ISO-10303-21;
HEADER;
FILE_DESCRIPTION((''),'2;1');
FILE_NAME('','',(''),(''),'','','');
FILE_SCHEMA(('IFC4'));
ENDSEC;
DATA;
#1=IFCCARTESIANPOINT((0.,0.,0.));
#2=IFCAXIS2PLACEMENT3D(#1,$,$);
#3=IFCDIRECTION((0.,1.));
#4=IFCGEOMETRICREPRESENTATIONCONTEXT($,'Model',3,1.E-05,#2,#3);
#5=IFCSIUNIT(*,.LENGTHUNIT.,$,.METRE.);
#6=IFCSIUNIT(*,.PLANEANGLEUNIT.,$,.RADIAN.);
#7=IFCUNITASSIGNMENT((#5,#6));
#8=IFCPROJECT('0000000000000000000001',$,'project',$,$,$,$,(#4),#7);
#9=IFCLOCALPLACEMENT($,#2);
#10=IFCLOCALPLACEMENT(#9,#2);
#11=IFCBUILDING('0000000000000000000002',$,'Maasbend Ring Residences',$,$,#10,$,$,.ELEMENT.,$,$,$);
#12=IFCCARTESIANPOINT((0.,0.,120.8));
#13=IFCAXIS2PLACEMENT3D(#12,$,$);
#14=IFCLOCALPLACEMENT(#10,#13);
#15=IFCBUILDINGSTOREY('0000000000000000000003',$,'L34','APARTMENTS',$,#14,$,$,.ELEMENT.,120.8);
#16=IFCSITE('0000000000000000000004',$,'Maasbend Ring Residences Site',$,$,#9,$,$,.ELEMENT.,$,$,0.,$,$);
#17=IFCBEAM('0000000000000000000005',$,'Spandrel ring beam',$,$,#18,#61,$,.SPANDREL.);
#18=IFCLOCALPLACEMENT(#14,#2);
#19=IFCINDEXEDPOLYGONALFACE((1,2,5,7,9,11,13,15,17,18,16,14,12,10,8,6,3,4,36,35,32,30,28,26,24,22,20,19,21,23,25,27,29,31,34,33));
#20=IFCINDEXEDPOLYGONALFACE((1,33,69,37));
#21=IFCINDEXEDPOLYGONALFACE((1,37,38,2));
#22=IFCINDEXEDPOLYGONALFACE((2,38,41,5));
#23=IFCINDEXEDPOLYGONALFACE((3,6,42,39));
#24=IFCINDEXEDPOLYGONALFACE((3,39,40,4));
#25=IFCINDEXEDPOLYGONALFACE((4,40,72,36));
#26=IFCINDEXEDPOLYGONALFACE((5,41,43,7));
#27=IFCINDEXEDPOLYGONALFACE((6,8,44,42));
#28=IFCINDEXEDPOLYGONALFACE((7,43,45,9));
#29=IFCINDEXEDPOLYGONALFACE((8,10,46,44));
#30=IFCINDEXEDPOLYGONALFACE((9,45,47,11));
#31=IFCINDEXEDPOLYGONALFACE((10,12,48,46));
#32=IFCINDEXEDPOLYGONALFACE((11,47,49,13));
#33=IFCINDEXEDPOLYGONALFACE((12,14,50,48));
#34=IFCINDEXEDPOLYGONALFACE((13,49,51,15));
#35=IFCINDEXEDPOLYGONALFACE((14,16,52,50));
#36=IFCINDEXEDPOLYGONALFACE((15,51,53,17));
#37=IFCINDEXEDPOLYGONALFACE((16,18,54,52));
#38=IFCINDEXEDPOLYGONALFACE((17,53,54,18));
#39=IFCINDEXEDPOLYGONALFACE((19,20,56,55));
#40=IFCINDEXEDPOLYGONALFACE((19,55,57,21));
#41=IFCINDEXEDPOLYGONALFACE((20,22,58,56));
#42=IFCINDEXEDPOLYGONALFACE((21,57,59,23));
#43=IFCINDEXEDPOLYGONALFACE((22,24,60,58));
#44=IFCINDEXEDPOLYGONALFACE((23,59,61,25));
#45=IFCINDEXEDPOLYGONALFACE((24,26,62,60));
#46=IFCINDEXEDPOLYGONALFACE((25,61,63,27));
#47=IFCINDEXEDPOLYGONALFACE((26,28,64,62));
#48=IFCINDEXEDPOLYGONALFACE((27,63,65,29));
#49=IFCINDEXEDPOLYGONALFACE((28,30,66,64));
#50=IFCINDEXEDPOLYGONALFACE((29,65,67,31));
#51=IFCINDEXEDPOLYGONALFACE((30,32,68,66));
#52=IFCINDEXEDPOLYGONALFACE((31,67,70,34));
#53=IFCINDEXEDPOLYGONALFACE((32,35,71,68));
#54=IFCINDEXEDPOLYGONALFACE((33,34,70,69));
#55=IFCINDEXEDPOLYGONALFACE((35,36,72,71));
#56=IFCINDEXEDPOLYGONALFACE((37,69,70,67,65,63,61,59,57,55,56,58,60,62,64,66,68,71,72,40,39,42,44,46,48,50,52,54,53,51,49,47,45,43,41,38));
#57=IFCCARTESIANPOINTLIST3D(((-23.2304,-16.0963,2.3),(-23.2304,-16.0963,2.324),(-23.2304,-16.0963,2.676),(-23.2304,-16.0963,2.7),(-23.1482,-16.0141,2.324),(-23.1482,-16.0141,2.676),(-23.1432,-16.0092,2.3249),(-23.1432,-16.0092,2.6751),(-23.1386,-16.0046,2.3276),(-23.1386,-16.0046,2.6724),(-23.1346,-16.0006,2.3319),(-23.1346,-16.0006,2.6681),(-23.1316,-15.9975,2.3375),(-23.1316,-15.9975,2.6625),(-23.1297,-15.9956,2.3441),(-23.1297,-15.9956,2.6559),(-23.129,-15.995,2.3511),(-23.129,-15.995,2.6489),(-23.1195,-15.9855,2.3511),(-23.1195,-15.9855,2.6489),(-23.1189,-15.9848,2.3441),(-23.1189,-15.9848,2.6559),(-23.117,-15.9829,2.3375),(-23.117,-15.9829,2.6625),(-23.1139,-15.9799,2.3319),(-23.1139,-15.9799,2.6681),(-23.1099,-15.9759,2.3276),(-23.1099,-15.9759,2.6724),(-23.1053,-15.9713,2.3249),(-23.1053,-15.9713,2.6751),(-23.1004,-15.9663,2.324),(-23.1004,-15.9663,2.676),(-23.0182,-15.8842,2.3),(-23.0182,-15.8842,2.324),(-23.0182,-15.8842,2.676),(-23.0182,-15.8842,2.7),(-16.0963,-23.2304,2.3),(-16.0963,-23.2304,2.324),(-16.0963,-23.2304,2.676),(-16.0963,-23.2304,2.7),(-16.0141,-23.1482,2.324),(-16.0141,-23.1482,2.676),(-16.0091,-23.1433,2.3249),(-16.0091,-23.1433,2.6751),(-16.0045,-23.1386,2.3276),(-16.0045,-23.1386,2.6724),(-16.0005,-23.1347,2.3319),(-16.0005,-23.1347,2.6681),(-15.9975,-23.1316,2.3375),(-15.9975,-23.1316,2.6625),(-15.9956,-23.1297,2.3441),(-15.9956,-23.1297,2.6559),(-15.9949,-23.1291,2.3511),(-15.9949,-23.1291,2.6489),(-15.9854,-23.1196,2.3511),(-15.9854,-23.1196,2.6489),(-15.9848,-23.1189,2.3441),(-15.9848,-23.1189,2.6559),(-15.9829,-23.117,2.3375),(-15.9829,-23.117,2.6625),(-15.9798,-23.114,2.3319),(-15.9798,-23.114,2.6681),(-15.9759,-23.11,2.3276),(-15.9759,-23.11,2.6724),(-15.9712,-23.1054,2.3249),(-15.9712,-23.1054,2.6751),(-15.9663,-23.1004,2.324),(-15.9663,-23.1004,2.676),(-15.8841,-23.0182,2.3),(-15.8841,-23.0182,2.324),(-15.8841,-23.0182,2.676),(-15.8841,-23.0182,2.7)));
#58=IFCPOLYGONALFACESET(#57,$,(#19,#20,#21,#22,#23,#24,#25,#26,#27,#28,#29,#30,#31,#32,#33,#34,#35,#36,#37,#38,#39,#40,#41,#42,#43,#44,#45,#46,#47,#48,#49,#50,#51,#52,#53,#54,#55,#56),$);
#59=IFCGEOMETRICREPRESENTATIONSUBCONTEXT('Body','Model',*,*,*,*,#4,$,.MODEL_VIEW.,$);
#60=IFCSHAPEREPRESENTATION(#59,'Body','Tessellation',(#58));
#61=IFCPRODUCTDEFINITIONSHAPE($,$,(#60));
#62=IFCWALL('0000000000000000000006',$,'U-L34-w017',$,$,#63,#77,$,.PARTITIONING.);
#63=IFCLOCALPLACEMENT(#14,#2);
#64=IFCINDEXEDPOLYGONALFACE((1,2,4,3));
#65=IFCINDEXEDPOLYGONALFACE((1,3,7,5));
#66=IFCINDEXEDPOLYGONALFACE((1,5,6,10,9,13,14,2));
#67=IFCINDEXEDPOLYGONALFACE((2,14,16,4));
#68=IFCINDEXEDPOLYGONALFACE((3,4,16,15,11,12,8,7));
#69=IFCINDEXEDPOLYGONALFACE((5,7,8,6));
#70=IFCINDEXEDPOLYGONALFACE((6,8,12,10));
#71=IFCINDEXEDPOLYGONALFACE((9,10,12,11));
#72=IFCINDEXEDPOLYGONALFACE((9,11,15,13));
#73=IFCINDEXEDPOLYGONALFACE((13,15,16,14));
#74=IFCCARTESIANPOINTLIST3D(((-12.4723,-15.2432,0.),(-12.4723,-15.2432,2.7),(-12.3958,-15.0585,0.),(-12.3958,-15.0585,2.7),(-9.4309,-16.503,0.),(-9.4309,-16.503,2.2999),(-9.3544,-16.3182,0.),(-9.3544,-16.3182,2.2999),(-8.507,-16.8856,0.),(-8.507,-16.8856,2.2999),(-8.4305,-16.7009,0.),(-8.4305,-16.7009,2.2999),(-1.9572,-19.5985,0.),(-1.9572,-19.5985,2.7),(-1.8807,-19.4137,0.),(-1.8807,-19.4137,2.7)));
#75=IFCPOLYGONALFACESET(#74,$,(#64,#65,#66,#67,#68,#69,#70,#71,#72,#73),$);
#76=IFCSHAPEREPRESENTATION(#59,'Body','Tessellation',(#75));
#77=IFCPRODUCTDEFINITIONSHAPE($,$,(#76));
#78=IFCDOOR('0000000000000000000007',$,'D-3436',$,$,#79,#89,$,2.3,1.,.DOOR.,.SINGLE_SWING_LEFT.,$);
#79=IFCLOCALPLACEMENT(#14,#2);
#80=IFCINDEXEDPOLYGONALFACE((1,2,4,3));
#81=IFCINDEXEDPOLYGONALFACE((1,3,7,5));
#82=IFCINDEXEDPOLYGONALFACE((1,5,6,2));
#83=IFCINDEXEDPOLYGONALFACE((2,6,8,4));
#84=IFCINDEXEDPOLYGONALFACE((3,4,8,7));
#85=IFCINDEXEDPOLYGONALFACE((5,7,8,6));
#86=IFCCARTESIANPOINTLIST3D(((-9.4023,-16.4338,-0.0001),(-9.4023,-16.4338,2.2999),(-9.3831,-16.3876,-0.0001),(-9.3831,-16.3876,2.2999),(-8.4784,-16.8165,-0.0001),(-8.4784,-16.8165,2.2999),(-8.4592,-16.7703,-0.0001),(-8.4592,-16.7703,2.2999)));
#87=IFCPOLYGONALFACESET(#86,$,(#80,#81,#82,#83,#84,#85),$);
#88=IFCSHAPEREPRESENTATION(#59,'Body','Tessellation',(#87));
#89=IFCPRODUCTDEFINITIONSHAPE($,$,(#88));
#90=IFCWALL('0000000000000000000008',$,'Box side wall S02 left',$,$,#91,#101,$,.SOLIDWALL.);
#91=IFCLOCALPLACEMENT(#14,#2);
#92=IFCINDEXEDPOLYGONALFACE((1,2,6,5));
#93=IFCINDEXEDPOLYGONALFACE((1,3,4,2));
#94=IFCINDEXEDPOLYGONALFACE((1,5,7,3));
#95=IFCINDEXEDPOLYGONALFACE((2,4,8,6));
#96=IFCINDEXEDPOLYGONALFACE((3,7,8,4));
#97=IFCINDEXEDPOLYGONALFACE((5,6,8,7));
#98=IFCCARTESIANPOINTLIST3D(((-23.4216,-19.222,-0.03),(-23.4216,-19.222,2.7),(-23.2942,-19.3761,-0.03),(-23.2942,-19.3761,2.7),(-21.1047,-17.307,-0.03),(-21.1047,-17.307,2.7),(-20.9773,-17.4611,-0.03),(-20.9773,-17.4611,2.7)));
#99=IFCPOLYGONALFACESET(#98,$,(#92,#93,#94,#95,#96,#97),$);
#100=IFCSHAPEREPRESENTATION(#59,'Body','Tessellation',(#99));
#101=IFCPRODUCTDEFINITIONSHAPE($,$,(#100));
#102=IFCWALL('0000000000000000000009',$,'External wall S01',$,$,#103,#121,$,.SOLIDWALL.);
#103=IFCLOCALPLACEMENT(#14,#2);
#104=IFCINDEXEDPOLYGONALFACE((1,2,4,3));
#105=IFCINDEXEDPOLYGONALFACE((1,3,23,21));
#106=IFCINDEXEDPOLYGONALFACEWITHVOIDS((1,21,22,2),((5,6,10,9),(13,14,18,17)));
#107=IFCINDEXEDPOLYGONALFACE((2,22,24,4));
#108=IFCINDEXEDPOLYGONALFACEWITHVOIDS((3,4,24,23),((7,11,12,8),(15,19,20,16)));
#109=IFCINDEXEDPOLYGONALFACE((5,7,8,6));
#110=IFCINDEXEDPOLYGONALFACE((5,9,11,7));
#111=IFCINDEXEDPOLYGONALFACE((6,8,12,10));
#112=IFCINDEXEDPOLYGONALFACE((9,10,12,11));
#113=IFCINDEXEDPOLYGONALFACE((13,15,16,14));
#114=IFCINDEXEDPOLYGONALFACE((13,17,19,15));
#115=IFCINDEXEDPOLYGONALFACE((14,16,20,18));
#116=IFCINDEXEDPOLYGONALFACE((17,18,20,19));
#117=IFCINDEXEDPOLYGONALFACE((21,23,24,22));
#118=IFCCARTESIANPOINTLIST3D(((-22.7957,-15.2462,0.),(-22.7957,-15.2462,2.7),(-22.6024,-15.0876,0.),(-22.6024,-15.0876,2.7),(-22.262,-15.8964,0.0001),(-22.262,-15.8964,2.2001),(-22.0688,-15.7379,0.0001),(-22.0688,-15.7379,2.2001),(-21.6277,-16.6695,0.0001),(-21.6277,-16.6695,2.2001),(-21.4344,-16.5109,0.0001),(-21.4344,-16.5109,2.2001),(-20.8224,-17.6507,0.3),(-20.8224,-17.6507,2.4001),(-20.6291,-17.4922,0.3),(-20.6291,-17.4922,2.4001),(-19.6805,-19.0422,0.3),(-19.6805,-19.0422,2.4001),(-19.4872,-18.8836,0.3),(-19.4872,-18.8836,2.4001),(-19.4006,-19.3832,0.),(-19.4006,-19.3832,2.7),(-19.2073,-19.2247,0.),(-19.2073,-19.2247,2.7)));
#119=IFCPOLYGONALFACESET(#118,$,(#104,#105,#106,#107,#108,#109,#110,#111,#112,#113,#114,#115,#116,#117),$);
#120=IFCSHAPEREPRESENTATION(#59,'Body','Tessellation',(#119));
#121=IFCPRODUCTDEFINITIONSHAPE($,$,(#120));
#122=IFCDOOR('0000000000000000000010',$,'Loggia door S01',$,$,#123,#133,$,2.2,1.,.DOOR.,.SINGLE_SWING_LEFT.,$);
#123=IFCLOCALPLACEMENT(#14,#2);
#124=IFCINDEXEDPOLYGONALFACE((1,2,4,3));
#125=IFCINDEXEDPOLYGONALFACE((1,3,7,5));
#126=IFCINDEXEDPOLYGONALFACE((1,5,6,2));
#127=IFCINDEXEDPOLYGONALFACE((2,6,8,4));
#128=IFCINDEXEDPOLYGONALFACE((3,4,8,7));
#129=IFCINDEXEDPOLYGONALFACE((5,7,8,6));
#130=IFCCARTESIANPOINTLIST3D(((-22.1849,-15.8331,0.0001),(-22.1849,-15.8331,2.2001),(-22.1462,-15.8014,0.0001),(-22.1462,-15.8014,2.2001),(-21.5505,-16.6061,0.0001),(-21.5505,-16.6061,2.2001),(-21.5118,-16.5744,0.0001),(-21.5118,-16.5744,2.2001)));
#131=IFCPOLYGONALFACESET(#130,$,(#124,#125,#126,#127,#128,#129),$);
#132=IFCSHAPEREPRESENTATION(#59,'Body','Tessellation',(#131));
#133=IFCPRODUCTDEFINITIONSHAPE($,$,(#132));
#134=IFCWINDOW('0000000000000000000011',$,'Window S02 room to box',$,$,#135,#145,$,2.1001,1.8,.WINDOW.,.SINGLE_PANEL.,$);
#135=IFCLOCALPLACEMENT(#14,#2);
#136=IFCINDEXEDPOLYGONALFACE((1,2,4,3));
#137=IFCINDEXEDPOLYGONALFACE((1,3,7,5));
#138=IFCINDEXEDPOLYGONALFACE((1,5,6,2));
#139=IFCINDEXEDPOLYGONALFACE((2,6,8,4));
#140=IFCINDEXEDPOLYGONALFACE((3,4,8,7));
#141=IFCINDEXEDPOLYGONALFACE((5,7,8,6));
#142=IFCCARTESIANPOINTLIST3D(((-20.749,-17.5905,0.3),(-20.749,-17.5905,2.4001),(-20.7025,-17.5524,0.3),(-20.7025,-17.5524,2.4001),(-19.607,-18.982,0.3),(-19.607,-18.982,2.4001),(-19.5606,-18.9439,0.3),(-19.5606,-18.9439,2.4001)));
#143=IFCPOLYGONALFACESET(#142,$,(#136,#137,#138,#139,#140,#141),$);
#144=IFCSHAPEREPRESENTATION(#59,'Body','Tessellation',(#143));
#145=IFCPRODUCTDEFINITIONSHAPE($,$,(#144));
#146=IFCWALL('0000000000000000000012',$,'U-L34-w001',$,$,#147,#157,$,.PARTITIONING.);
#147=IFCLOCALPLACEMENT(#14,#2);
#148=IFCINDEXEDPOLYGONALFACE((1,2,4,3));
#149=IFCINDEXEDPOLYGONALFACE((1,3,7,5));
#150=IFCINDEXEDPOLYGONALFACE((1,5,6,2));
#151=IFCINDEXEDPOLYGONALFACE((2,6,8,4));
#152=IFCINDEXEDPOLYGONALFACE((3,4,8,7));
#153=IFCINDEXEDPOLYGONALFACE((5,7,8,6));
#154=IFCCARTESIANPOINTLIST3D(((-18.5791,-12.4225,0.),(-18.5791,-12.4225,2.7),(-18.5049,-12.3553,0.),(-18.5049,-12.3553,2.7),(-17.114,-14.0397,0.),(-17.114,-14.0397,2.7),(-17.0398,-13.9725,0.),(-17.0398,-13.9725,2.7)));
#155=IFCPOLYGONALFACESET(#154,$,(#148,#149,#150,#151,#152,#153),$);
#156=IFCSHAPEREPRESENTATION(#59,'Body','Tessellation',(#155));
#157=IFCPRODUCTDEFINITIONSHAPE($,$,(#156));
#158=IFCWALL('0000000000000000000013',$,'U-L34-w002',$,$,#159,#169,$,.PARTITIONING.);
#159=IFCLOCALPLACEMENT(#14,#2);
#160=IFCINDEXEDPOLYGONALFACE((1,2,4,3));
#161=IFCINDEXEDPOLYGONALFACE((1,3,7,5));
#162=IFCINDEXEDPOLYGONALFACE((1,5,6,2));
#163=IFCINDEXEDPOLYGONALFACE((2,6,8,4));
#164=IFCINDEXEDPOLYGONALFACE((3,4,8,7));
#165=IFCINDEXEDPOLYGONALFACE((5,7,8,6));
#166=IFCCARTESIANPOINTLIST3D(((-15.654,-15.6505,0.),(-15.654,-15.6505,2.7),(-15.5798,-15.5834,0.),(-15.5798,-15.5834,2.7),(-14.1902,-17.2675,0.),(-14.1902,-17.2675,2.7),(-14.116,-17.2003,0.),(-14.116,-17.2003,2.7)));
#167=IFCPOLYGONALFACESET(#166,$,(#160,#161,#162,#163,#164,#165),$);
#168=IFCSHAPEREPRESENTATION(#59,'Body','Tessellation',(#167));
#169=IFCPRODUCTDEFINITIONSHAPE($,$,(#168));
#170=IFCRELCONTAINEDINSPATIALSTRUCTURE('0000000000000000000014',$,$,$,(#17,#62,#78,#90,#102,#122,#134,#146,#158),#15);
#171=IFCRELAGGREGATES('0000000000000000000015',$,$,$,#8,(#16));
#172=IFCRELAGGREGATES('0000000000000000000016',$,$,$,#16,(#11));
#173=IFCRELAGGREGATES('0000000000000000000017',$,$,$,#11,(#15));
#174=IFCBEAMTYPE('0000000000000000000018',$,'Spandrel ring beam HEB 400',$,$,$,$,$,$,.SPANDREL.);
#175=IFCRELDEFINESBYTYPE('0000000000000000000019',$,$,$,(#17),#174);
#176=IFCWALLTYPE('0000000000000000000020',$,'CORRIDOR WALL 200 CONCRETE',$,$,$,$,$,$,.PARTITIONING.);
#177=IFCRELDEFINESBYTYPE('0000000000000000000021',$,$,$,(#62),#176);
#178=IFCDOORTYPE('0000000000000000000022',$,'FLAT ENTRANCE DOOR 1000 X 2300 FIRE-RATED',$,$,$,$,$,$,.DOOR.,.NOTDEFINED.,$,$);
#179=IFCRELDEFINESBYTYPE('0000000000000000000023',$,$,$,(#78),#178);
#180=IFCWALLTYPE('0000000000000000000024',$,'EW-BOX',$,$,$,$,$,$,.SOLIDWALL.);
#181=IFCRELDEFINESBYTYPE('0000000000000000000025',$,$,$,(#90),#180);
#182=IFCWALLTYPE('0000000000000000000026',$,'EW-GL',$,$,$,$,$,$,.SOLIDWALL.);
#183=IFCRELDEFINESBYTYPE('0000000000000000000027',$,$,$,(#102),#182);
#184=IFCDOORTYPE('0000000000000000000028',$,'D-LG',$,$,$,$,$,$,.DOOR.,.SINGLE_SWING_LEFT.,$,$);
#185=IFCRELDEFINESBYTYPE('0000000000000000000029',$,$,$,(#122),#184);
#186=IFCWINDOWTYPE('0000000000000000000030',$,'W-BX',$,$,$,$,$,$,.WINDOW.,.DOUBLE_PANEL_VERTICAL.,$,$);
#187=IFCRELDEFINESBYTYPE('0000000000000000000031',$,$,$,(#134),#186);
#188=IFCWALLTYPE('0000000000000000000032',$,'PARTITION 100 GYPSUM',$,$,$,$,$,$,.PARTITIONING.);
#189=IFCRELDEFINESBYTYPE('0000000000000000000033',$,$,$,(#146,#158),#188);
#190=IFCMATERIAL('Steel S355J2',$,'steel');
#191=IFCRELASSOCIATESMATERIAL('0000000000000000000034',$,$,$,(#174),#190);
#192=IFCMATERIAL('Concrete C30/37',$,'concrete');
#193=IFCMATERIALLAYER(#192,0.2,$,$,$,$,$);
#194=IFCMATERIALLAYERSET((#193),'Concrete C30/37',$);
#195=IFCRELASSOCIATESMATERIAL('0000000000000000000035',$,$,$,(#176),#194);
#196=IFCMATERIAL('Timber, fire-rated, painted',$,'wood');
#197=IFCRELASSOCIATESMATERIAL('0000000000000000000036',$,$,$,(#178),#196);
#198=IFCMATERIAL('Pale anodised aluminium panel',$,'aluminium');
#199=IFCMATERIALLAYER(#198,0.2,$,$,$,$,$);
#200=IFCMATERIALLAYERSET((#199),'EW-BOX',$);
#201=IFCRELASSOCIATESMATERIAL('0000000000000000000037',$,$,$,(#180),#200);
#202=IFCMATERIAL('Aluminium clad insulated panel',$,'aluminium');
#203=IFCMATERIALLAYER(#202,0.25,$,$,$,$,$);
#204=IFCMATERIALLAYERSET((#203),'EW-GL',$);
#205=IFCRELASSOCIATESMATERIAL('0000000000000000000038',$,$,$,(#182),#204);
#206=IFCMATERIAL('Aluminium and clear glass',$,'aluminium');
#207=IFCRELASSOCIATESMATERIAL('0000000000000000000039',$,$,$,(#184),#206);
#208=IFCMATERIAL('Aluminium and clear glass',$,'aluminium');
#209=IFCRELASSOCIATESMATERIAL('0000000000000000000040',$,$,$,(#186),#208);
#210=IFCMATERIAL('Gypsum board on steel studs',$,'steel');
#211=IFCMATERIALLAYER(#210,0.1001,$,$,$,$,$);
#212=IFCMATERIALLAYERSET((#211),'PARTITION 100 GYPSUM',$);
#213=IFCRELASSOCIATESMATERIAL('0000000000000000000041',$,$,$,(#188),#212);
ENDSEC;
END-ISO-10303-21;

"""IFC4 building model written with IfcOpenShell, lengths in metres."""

from ifc_helpers import new_model, si_unit, direction, frame, frame_2d, origin, origin_2d, place, context, subcontext, project, spatial, rectangle, i_section, extrude, material, layer, layer_set, material_profile, profile_set, type_object, element, fill, save


model = new_model("IFC4")

# Units and contexts
model_context = context("Model", 3, precision=1e-05, world=origin(), true_north=direction((0.0, 1.0)))
body_context = subcontext(model_context, "Body", "Model", "MODEL_VIEW")
ifc_project = project(units=[si_unit("LENGTHUNIT", "METRE"), si_unit("PLANEANGLEUNIT", "RADIAN")], contexts=[model_context])

# Site, building, storey
site_placement = place(None, origin())
site = spatial("IfcSite", under=ifc_project, at=site_placement, Name="Maasbend Ring Residences Site", CompositionType="ELEMENT", RefElevation=0.0)
building_placement = place(site_placement, origin())
building = spatial("IfcBuilding", under=site, at=building_placement, Name="Maasbend Ring Residences", CompositionType="ELEMENT")
storey_placement = place(building_placement, frame((0.0, 0.0, 120.8)))
storey = spatial("IfcBuildingStorey", under=building, at=storey_placement, Name="L34", Description="APARTMENTS", CompositionType="ELEMENT", Elevation=120.8)

# Beam
ifc_material_1 = material(Name="Steel S355J2", Category="steel")
ifc_material_profile_1 = material_profile(ifc_material_1, i_section(OverallWidth=0.3, OverallDepth=0.3999, WebThickness=0.0134, FlangeThickness=0.0239, FilletRadius=0.0271, at=origin_2d()), Name="HEB 400")
ifc_profile_set_1 = profile_set([ifc_material_profile_1], Name="Steel S355J2")
beam_type_1 = type_object("IfcBeamType", Name="Spandrel ring beam HEB 400", PredefinedType="SPANDREL", material=ifc_profile_set_1)
beam_1_placement = place(storey_placement, frame((-23.1243, -15.9902, 2.5), z_axis=(0.707107, -0.707107, 0.0), x_axis=(0.707107, 0.707107, 0.0)))
element("IfcBeam", 1, at=beam_1_placement, inside=storey, type_object=beam_type_1, Name="Spandrel ring beam", PredefinedType="SPANDREL", context=body_context, shape_type="SweptSolid", body=[
    extrude(i_section(OverallWidth=0.3, OverallDepth=0.3999, WebThickness=0.0134, FlangeThickness=0.0239, FilletRadius=0.0271, at=origin_2d()), origin(), (0.0, 0.0, 1.0), 10.0891),
])

# Wall, opening, door
ifc_material_2 = material(Name="Concrete C30/37", Category="concrete")
ifc_layer_1 = layer(ifc_material_2, 0.2)
ifc_layer_set_1 = layer_set([ifc_layer_1], Name="Concrete C30/37")
wall_type_1 = type_object("IfcWallType", Name="CORRIDOR WALL 200 CONCRETE", PredefinedType="PARTITIONING", material=ifc_layer_set_1)
wall_1_placement = place(storey_placement, frame((-12.4341, -15.1509, 0.0), z_axis=(0.0, 0.0, 1.0), x_axis=(0.923888, -0.382662, 0.0)))
wall_1 = element("IfcWall", 2, at=wall_1_placement, inside=storey, type_object=wall_type_1, Name="U-L34-w017", PredefinedType="PARTITIONING", context=body_context, shape_type="SweptSolid", body=[
    extrude(rectangle(XDim=11.3813, YDim=0.2, at=frame_2d((5.6907, 0.0))), origin(), (0.0, 0.0, 1.0), 2.7),
])
opening_1_placement = place(wall_1_placement, frame((3.292, 0.0, 0.0)))
opening_1 = element("IfcOpeningElement", 3, at=opening_1_placement, cuts=wall_1, PredefinedType="OPENING", context=body_context, shape_type="SweptSolid", body=[
    extrude(rectangle(XDim=1.0, YDim=2.3, at=frame_2d((0.5, 1.1499))), frame((0.0, 0.1099, 0.0), z_axis=(0.0, -1.0, 0.0), x_axis=(1.0, 0.0, 0.0)), (0.0, 0.0, 1.0), 0.22),
])
ifc_material_3 = material(Name="Timber, fire-rated, painted", Category="wood")
door_type_1 = type_object("IfcDoorType", Name="FLAT ENTRANCE DOOR 1000 X 2300 FIRE-RATED", OperationType="NOTDEFINED", PredefinedType="DOOR", material=ifc_material_3)
door_1_placement = place(opening_1_placement, origin())
door_1 = element("IfcDoor", 4, at=door_1_placement, inside=storey, type_object=door_type_1, Name="D-3436", OperationType="SINGLE_SWING_LEFT", OverallHeight=2.3, OverallWidth=1.0, PredefinedType="DOOR", context=body_context, shape_type="SweptSolid", body=[
    extrude(rectangle(XDim=1.0, YDim=2.3, at=frame_2d((0.5, 1.1499))), frame((0.0, 0.0249, 0.0), z_axis=(0.0, -1.0, 0.0), x_axis=(1.0, 0.0, 0.0)), (0.0, 0.0, 1.0), 0.05),
])
fill(opening_1, door_1)

# Wall
ifc_material_4 = material(Name="Pale anodised aluminium panel", Category="aluminium")
ifc_layer_2 = layer(ifc_material_4, 0.2)
ifc_layer_set_2 = layer_set([ifc_layer_2], Name="EW-BOX")
wall_type_2 = type_object("IfcWallType", Name="EW-BOX", PredefinedType="SOLIDWALL", material=ifc_layer_set_2)
wall_2_placement = place(storey_placement, frame((-21.041, -17.384, -0.03), z_axis=(0.0, 0.0, 1.0), x_axis=(-0.770785, -0.637096, 0.0)))
element("IfcWall", 5, at=wall_2_placement, inside=storey, type_object=wall_type_2, Name="Box side wall S02 left", PredefinedType="SOLIDWALL", context=body_context, shape_type="SweptSolid", body=[
    extrude(rectangle(XDim=3.0059, YDim=0.2, at=frame_2d((1.5029, 0.0))), origin(), (0.0, 0.0, 1.0), 2.73),
])

# Wall, openings, door, window
ifc_material_5 = material(Name="Aluminium clad insulated panel", Category="aluminium")
ifc_layer_3 = layer(ifc_material_5, 0.25)
ifc_layer_set_3 = layer_set([ifc_layer_3], Name="EW-GL")
wall_type_3 = type_object("IfcWallType", Name="EW-GL", PredefinedType="SOLIDWALL", material=ifc_layer_set_3)
wall_3_placement = place(storey_placement, frame((-22.699, -15.167, 0.0), z_axis=(0.0, 0.0, 1.0), x_axis=(0.634382, -0.773019, 0.0)))
wall_3 = element("IfcWall", 6, at=wall_3_placement, inside=storey, type_object=wall_type_3, Name="External wall S01", PredefinedType="SOLIDWALL", context=body_context, shape_type="SweptSolid", body=[
    extrude(rectangle(XDim=5.3518, YDim=0.25, at=frame_2d((2.6758, 0.0))), origin(), (0.0, 0.0, 1.0), 2.7),
])
opening_2_placement = place(wall_3_placement, frame((0.8411, 0.0, 0.0)))
opening_2 = element("IfcOpeningElement", 7, at=opening_2_placement, cuts=wall_3, PredefinedType="OPENING", context=body_context, shape_type="SweptSolid", body=[
    extrude(rectangle(XDim=1.0, YDim=2.2, at=frame_2d((0.5, 1.1001))), frame((0.0, 0.135, 0.0), z_axis=(0.0, -1.0, 0.0), x_axis=(1.0, 0.0, 0.0)), (0.0, 0.0, 1.0), 0.27),
])
opening_3_placement = place(wall_3_placement, frame((3.1106, 0.0, 0.3)))
opening_3 = element("IfcOpeningElement", 8, at=opening_3_placement, cuts=wall_3, PredefinedType="OPENING", context=body_context, shape_type="SweptSolid", body=[
    extrude(rectangle(XDim=1.8, YDim=2.1001, at=frame_2d((0.8999, 1.05))), frame((0.0, 0.135, 0.0), z_axis=(0.0, -1.0, 0.0), x_axis=(1.0, 0.0, 0.0)), (0.0, 0.0, 1.0), 0.27),
])
ifc_material_6 = material(Name="Aluminium and clear glass", Category="aluminium")
door_type_2 = type_object("IfcDoorType", Name="D-LG", OperationType="SINGLE_SWING_LEFT", PredefinedType="DOOR", material=ifc_material_6)
door_2_placement = place(opening_2_placement, origin())
door_2 = element("IfcDoor", 9, at=door_2_placement, inside=storey, type_object=door_type_2, Name="Loggia door S01", OperationType="SINGLE_SWING_LEFT", OverallHeight=2.2, OverallWidth=1.0, PredefinedType="DOOR", context=body_context, shape_type="SweptSolid", body=[
    extrude(rectangle(XDim=1.0, YDim=2.2, at=frame_2d((0.5, 1.1001))), frame((0.0, 0.0249, 0.0), z_axis=(0.0, -1.0, 0.0), x_axis=(1.0, 0.0, 0.0)), (0.0, 0.0, 1.0), 0.05),
])
fill(opening_2, door_2)
ifc_material_7 = material(Name="Aluminium and clear glass", Category="aluminium")
window_type = type_object("IfcWindowType", Name="W-BX", PartitioningType="DOUBLE_PANEL_VERTICAL", PredefinedType="WINDOW", material=ifc_material_7)
window_placement = place(opening_3_placement, origin())
window = element("IfcWindow", 10, at=window_placement, inside=storey, type_object=window_type, Name="Window S02 room to box", OverallHeight=2.1001, OverallWidth=1.8, PartitioningType="SINGLE_PANEL", PredefinedType="WINDOW", context=body_context, shape_type="SweptSolid", body=[
    extrude(rectangle(XDim=1.8, YDim=2.1001, at=frame_2d((0.8999, 1.05))), frame((0.0, 0.03, 0.0), z_axis=(0.0, -1.0, 0.0), x_axis=(1.0, 0.0, 0.0)), (0.0, 0.0, 1.0), 0.0601),
])
fill(opening_3, window)

# Walls
ifc_material_8 = material(Name="Gypsum board on steel studs", Category="steel")
ifc_layer_4 = layer(ifc_material_8, 0.1001)
ifc_layer_set_4 = layer_set([ifc_layer_4], Name="PARTITION 100 GYPSUM")
wall_type_4 = type_object("IfcWallType", Name="PARTITION 100 GYPSUM", PredefinedType="PARTITIONING", material=ifc_layer_set_4)
wall_4_placement = place(storey_placement, frame((-18.542, -12.3889, 0.0), z_axis=(0.0, 0.0, 1.0), x_axis=(0.671397, -0.741098, 0.0)))
element("IfcWall", 11, at=wall_4_placement, inside=storey, type_object=wall_type_4, Name="U-L34-w001", PredefinedType="PARTITIONING", context=body_context, shape_type="SweptSolid", body=[
    extrude(rectangle(XDim=2.1821, YDim=0.1001, at=frame_2d((1.0911, 0.0))), origin(), (0.0, 0.0, 1.0), 2.7),
])
wall_5_placement = place(storey_placement, frame((-15.6169, -15.6169, 0.0), z_axis=(0.0, 0.0, 1.0), x_axis=(0.671145, -0.741326, 0.0)))
element("IfcWall", 12, at=wall_5_placement, inside=storey, type_object=wall_type_4, Name="U-L34-w002", PredefinedType="PARTITIONING", context=body_context, shape_type="SweptSolid", body=[
    extrude(rectangle(XDim=2.1812, YDim=0.1001, at=frame_2d((1.0906, 0.0))), origin(), (0.0, 0.0, 1.0), 2.7),
])

save(model, "model.ifc")
